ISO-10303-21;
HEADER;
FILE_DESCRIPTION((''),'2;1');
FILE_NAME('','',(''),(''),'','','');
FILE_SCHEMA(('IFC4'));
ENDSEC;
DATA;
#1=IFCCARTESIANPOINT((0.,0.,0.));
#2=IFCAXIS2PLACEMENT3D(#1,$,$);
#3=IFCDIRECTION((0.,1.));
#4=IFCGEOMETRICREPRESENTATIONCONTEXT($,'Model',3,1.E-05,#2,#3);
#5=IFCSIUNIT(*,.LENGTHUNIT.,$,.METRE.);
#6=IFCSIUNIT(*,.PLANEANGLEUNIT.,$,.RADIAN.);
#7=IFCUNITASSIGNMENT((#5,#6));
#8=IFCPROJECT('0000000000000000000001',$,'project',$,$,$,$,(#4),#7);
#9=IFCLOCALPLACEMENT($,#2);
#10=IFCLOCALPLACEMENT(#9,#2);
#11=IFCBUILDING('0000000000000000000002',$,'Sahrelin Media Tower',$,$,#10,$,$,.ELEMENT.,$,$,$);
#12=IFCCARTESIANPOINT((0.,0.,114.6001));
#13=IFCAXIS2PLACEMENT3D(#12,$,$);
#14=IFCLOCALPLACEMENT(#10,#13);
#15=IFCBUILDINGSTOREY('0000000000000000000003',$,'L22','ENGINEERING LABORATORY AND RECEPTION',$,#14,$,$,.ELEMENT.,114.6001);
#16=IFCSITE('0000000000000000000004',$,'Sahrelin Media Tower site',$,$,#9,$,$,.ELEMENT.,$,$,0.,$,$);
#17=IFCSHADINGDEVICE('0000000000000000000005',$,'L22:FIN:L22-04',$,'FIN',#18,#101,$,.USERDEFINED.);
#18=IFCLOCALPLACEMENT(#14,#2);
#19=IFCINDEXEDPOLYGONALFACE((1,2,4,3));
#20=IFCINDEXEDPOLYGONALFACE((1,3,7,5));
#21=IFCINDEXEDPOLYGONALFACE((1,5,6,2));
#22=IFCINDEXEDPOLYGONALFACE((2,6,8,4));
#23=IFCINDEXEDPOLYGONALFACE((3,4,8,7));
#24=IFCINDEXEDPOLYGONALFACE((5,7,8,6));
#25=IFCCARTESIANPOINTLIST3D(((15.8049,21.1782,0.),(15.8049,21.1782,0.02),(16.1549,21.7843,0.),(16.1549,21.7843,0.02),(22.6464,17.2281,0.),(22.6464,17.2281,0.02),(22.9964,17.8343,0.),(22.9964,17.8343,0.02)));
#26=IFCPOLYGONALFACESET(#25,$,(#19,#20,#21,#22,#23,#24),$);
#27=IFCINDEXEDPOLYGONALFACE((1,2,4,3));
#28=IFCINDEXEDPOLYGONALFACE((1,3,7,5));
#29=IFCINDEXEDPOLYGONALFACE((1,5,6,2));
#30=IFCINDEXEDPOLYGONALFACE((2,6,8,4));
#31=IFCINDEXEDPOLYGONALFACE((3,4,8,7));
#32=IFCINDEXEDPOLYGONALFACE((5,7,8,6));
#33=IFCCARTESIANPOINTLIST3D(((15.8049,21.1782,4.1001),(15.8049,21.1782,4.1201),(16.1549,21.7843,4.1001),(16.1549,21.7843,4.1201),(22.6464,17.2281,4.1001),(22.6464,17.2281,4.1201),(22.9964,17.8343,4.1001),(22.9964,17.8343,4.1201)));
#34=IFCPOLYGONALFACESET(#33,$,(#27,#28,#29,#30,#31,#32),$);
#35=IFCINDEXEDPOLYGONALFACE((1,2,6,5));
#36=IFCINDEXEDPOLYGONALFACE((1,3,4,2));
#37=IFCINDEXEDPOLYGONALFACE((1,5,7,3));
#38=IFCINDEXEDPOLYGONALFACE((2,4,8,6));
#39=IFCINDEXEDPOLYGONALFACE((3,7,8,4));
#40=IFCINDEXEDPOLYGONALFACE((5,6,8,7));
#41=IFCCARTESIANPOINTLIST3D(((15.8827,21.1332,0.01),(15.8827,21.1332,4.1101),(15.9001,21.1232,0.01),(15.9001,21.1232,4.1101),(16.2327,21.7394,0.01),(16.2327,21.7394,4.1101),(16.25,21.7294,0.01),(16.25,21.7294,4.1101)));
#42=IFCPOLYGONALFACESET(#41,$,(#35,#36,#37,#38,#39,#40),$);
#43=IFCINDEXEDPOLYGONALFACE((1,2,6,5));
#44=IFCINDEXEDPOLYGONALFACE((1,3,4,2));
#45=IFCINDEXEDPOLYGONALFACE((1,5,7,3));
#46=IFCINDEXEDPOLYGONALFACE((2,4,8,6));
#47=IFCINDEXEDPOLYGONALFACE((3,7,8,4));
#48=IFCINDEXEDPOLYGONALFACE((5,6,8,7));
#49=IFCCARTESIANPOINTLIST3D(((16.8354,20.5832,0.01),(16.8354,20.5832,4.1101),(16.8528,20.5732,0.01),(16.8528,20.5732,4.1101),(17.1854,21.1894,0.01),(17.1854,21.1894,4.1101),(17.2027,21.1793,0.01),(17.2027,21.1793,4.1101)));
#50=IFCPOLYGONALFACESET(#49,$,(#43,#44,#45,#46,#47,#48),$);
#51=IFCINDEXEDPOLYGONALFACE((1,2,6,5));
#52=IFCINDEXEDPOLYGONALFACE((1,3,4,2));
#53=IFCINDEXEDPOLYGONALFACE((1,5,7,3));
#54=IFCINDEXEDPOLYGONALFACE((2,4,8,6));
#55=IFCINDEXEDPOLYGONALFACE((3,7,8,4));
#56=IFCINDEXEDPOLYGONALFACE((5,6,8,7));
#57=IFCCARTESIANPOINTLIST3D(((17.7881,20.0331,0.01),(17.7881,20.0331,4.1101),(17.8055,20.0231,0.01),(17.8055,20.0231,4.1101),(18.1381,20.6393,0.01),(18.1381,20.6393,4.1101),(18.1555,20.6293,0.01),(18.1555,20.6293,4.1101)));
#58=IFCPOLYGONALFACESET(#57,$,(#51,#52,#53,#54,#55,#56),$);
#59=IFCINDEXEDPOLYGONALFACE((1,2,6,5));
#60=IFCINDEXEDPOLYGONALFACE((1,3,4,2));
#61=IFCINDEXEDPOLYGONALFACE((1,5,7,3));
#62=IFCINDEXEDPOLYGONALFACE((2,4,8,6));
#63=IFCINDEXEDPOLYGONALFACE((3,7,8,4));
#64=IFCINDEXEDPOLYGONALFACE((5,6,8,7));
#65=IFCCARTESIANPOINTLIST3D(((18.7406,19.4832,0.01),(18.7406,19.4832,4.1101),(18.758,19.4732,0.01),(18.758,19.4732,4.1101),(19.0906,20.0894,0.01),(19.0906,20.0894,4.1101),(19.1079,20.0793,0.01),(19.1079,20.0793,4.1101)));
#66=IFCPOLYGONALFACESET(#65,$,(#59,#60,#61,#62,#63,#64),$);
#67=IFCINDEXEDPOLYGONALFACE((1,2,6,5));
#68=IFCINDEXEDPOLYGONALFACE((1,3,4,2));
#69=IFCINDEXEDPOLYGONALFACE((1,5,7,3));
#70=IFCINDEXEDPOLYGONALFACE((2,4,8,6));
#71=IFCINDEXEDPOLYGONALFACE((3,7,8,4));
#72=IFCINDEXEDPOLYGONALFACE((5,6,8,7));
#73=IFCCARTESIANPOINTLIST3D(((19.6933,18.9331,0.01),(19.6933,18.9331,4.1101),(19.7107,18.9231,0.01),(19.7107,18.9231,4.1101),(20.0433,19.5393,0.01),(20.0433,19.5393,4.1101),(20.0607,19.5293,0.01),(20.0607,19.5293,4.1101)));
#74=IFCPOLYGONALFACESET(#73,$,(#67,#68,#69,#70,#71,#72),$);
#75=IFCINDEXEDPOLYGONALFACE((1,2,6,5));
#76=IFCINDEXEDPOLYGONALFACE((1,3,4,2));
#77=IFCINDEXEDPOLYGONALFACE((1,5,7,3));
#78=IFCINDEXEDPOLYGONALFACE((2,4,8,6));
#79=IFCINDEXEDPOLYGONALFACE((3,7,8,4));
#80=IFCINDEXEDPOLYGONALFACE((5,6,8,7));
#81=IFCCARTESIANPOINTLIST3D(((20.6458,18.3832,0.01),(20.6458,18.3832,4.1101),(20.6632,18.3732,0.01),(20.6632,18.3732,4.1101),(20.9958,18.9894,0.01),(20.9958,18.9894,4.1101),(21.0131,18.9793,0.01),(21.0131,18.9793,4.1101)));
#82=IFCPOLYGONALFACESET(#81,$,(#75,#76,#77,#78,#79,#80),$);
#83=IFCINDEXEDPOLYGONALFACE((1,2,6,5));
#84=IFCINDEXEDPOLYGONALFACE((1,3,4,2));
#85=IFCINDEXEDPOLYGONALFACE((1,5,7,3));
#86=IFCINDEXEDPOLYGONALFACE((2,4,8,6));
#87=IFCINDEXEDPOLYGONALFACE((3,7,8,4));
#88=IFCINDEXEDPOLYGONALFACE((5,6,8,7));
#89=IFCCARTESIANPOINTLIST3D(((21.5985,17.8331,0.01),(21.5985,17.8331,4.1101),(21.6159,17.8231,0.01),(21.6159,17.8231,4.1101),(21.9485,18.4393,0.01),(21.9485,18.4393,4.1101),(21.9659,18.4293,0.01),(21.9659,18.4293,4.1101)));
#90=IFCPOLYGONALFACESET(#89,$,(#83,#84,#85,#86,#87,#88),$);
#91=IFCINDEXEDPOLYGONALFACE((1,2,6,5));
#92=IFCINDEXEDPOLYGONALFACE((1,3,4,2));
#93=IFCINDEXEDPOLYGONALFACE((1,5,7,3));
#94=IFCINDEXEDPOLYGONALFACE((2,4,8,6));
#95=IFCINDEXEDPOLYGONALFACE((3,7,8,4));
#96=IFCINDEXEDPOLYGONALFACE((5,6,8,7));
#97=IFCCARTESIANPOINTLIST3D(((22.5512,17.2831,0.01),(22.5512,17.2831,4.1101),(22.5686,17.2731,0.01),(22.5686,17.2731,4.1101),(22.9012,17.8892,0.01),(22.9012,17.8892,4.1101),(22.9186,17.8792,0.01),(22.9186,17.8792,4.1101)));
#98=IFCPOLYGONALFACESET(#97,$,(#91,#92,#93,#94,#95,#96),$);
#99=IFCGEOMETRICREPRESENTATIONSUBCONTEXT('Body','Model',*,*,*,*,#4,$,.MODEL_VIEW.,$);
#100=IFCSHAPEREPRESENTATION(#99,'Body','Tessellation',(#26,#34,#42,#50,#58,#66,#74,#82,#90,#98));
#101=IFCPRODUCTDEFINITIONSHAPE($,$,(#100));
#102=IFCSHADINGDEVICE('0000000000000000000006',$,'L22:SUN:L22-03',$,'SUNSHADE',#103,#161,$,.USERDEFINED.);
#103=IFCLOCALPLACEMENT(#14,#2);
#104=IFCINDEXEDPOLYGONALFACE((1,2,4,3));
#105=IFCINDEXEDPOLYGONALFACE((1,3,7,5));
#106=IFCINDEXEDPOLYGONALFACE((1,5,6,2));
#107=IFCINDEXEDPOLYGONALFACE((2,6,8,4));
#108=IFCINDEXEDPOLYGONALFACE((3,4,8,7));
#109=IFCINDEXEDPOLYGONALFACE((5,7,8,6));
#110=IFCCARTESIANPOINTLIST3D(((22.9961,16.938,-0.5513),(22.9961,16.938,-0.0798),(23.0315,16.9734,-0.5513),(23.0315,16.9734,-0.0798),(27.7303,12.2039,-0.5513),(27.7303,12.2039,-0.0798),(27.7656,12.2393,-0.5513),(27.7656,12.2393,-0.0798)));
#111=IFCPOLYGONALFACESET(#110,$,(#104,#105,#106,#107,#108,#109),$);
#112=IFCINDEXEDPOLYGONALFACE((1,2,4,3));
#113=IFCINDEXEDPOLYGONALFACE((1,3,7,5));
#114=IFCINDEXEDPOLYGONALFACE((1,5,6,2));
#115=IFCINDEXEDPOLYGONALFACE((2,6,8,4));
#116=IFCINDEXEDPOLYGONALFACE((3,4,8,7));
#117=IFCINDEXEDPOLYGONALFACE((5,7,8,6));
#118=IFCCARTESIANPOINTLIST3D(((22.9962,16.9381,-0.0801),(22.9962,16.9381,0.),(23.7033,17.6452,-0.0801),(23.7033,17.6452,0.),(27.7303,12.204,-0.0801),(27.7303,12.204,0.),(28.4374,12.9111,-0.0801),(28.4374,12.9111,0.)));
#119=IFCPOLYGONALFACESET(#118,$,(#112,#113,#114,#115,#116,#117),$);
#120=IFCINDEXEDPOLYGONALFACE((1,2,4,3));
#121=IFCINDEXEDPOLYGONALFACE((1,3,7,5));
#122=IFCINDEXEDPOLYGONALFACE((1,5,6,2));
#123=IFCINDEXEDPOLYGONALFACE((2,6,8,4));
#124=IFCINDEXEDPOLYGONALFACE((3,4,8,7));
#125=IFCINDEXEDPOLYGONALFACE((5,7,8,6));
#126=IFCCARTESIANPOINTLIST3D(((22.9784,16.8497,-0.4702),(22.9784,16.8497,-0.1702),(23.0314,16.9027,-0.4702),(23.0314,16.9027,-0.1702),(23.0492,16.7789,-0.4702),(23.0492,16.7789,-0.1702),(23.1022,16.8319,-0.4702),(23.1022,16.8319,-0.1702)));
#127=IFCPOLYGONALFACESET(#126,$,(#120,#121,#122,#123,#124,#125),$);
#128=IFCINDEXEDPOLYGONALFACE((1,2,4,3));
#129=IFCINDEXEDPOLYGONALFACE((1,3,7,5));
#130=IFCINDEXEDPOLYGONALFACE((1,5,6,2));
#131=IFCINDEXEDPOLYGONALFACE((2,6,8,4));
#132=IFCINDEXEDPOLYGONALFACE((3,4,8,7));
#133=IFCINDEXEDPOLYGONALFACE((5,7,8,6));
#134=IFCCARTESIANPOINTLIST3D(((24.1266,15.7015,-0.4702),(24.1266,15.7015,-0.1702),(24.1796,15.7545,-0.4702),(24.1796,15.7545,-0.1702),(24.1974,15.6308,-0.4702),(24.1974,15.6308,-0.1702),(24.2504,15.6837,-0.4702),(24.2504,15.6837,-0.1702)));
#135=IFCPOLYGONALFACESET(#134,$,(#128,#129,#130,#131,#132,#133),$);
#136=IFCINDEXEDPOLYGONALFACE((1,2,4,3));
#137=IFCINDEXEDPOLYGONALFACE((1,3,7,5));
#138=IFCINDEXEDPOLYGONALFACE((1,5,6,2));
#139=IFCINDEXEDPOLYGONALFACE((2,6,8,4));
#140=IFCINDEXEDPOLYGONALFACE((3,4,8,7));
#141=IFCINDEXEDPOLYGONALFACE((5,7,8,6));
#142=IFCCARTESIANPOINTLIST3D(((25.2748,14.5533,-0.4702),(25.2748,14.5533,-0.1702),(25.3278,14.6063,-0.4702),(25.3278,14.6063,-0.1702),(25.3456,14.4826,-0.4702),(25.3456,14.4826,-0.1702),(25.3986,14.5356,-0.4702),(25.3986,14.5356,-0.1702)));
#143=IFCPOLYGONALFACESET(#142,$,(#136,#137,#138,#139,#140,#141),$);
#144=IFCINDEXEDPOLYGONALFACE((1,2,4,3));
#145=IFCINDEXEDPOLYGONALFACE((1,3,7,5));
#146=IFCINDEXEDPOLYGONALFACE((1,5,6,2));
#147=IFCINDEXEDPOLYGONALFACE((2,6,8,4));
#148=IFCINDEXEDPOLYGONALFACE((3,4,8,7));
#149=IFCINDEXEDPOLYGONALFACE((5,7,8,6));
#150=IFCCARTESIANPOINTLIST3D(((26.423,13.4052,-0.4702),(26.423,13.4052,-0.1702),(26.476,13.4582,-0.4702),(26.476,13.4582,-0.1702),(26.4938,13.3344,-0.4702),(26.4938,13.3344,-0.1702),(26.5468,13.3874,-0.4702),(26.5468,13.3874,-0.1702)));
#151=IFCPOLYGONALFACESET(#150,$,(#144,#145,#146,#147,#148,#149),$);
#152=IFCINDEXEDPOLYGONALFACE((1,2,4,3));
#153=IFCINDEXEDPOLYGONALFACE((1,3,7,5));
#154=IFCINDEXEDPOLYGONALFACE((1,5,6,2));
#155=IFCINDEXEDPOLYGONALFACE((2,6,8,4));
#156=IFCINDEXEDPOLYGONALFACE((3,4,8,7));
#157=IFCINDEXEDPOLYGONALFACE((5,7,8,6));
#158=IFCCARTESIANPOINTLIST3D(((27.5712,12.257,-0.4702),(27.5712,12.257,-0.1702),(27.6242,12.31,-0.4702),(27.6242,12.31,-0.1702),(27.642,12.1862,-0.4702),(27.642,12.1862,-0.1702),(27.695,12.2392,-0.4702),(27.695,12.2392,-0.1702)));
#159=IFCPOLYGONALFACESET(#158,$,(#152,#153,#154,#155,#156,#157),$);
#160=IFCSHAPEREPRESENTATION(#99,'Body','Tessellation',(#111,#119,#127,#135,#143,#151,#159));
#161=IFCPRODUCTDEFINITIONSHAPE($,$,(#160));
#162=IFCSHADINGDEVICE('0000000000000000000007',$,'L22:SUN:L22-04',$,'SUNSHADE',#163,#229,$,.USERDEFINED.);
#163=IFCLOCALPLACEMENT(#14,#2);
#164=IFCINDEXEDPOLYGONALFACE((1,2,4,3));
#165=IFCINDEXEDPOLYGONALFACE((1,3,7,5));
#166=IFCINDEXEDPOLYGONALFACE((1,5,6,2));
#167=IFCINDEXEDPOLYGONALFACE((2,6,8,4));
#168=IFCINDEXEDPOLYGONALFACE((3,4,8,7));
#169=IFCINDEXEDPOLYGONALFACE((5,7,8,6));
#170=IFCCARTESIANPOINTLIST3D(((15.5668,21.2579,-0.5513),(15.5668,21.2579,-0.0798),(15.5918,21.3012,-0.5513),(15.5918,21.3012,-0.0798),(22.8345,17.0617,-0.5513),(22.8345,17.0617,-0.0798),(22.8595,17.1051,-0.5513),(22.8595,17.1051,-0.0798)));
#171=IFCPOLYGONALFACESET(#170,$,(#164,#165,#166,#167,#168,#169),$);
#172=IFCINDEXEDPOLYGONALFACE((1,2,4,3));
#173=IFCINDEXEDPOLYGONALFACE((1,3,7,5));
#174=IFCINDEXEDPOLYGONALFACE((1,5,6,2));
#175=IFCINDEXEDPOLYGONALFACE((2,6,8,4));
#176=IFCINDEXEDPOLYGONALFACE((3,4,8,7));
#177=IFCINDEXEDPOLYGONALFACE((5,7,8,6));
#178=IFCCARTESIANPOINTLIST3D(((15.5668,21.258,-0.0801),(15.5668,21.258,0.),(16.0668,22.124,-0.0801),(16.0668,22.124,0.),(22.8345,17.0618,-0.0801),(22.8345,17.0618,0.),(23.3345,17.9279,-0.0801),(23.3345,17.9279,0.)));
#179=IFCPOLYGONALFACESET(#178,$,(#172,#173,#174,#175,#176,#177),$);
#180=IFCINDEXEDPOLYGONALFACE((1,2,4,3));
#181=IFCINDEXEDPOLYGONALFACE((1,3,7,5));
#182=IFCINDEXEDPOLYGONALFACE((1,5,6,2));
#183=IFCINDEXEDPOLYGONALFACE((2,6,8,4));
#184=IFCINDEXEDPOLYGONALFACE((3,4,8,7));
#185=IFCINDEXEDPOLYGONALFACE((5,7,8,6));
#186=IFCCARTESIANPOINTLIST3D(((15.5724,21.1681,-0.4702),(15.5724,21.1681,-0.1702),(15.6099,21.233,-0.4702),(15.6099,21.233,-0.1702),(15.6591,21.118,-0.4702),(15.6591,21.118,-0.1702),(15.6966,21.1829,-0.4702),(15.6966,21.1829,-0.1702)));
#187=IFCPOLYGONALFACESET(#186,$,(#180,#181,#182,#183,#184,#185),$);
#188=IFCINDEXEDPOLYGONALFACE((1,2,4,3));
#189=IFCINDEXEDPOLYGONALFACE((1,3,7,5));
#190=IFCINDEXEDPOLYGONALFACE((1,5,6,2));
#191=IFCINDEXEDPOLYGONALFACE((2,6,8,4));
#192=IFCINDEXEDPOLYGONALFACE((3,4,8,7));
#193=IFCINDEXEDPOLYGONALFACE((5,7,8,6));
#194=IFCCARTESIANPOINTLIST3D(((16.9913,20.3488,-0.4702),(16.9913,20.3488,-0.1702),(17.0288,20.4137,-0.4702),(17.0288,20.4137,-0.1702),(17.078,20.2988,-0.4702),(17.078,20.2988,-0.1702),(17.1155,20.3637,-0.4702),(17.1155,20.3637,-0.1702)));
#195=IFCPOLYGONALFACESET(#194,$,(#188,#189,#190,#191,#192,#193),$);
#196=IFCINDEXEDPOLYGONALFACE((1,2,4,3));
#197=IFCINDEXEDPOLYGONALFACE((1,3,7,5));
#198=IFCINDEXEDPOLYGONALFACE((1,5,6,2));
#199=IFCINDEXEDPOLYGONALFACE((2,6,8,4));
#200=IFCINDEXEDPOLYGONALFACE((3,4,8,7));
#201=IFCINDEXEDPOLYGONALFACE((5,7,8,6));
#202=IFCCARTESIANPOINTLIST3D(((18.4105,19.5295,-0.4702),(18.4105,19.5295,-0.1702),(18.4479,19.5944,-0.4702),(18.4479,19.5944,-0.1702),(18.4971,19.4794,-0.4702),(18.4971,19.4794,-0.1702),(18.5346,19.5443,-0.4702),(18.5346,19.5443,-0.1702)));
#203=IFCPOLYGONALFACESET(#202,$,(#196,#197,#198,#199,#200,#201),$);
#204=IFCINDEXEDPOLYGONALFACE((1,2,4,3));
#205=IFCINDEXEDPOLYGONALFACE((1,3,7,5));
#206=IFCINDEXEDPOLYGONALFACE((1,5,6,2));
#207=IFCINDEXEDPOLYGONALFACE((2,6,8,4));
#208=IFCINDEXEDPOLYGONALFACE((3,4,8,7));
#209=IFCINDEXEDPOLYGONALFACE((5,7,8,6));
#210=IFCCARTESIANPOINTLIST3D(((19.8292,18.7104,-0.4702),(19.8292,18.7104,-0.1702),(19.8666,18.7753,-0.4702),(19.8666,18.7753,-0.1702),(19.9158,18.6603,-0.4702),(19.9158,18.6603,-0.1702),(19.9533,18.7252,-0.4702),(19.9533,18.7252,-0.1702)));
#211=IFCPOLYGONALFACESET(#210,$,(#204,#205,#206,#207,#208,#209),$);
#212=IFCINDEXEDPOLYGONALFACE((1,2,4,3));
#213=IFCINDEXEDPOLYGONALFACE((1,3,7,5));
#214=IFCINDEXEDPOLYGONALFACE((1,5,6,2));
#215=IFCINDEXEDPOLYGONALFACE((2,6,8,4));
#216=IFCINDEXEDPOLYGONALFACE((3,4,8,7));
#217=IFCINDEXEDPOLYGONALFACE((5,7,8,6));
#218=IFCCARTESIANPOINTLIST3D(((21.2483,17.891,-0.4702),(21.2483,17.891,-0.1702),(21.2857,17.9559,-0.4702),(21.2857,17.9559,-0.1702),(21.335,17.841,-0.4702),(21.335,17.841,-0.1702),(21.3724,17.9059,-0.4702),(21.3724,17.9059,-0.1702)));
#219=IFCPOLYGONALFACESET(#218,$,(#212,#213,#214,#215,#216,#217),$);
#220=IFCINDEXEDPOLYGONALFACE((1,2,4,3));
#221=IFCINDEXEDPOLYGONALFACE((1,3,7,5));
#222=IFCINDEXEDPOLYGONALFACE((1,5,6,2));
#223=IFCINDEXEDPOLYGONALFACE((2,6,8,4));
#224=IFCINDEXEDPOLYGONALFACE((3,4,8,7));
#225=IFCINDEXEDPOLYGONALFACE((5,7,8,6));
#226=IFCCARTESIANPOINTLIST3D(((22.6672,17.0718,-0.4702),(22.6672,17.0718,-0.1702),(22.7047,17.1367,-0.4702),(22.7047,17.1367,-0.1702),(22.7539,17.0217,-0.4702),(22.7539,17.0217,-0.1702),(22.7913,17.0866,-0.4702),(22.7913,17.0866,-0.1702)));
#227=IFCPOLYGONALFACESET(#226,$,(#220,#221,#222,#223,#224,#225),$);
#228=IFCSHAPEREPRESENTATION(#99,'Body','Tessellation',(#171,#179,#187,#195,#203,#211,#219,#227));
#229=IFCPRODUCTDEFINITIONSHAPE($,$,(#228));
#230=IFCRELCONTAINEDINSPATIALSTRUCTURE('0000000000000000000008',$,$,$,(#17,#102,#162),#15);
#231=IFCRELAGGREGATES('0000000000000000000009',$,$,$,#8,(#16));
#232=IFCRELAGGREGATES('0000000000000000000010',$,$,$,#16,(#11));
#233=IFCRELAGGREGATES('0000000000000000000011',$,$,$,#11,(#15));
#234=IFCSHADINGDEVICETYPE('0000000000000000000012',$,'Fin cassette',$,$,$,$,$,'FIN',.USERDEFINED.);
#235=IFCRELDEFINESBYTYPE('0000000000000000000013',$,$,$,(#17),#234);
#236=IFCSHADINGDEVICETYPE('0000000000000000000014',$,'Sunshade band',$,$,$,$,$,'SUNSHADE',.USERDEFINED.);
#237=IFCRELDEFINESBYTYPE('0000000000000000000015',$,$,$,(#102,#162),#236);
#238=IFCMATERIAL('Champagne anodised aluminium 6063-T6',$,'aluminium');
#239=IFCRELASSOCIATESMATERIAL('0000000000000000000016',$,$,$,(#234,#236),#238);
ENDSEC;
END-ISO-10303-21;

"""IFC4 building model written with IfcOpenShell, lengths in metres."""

from ifc_helpers import new_model, si_unit, direction, frame, origin, origin_2d, place, context, subcontext, project, spatial, rectangle, extrude, material, type_object, element, save


model = new_model("IFC4")

# Units and contexts
model_context = context("Model", 3, precision=1e-05, world=origin(), true_north=direction((0.0, 1.0)))
body_context = subcontext(model_context, "Body", "Model", "MODEL_VIEW")
ifc_project = project(units=[si_unit("LENGTHUNIT", "METRE"), si_unit("PLANEANGLEUNIT", "RADIAN")], contexts=[model_context])

# Site, building, storey
site_placement = place(None, origin())
site = spatial("IfcSite", under=ifc_project, at=site_placement, Name="Sahrelin Media Tower site", CompositionType="ELEMENT", RefElevation=0.0)
building_placement = place(site_placement, origin())
building = spatial("IfcBuilding", under=site, at=building_placement, Name="Sahrelin Media Tower", CompositionType="ELEMENT")
storey_placement = place(building_placement, frame((0.0, 0.0, 114.6001)))
storey = spatial("IfcBuildingStorey", under=building, at=storey_placement, Name="L22", Description="ENGINEERING LABORATORY AND RECEPTION", CompositionType="ELEMENT", Elevation=114.6001)

# Shared definitions
ifc_material_1 = material(Name="Champagne anodised aluminium 6063-T6", Category="aluminium")

# Shading devices
shading_device_type_1 = type_object("IfcShadingDeviceType", Name="Fin cassette", ElementType="FIN", PredefinedType="USERDEFINED", material=ifc_material_1)
placement_1 = place(storey_placement, frame((25.3491, 14.5569, 0.0), z_axis=(0.0, 0.0, 1.0), x_axis=(0.707107, -0.707107, 0.0)))
placement_2 = place(storey_placement, frame((19.1907, 19.1426, 0.0), z_axis=(0.0, 0.0, 1.0), x_axis=(0.866019, -0.500011, 0.0)))
element("IfcShadingDevice", 1, at=placement_2, inside=storey, type_object=shading_device_type_1, Name="L22:FIN:L22-04", ObjectType="FIN", PredefinedType="USERDEFINED", context=body_context, shape_type="SweptSolid", body=[
    extrude(rectangle(XDim=7.8999, YDim=0.7, at=origin_2d()), frame((0.0, 0.4199, 0.0)), (0.0, 0.0, 1.0), 0.02),
    extrude(rectangle(XDim=7.8999, YDim=0.7, at=origin_2d()), frame((0.0, 0.4199, 4.1001)), (0.0, 0.0, 1.0), 0.02),
    extrude(rectangle(XDim=0.02, YDim=0.7, at=origin_2d()), frame((-3.8501, 0.4199, 0.01), z_axis=(0.0, 0.0, 1.0), x_axis=(1.0, 0.0, 0.0)), (0.0, 0.0, 1.0), 4.1001),
    extrude(rectangle(XDim=0.02, YDim=0.7, at=origin_2d()), frame((-2.75, 0.4199, 0.01), z_axis=(0.0, 0.0, 1.0), x_axis=(1.0, 0.0, 0.0)), (0.0, 0.0, 1.0), 4.1001),
    extrude(rectangle(XDim=0.02, YDim=0.7, at=origin_2d()), frame((-1.6499, 0.4199, 0.01), z_axis=(0.0, 0.0, 1.0), x_axis=(1.0, 0.0, 0.0)), (0.0, 0.0, 1.0), 4.1001),
    extrude(rectangle(XDim=0.02, YDim=0.7, at=origin_2d()), frame((-0.55, 0.4199, 0.01), z_axis=(0.0, 0.0, 1.0), x_axis=(1.0, 0.0, 0.0)), (0.0, 0.0, 1.0), 4.1001),
    extrude(rectangle(XDim=0.02, YDim=0.7, at=origin_2d()), frame((0.55, 0.4199, 0.01), z_axis=(0.0, 0.0, 1.0), x_axis=(1.0, 0.0, 0.0)), (0.0, 0.0, 1.0), 4.1001),
    extrude(rectangle(XDim=0.02, YDim=0.7, at=origin_2d()), frame((1.6499, 0.4199, 0.01), z_axis=(0.0, 0.0, 1.0), x_axis=(1.0, 0.0, 0.0)), (0.0, 0.0, 1.0), 4.1001),
    extrude(rectangle(XDim=0.02, YDim=0.7, at=origin_2d()), frame((2.75, 0.4199, 0.01), z_axis=(0.0, 0.0, 1.0), x_axis=(1.0, 0.0, 0.0)), (0.0, 0.0, 1.0), 4.1001),
    extrude(rectangle(XDim=0.02, YDim=0.7, at=origin_2d()), frame((3.8501, 0.4199, 0.01), z_axis=(0.0, 0.0, 1.0), x_axis=(1.0, 0.0, 0.0)), (0.0, 0.0, 1.0), 4.1001),
])
shading_device_type_2 = type_object("IfcShadingDeviceType", Name="Sunshade band", ElementType="SUNSHADE", PredefinedType="USERDEFINED", material=ifc_material_1)
element("IfcShadingDevice", 2, at=placement_1, inside=storey, type_object=shading_device_type_2, Name="L22:SUN:L22-03", ObjectType="SUNSHADE", PredefinedType="USERDEFINED", context=body_context, shape_type="SweptSolid", body=[
    extrude(rectangle(XDim=6.6951, YDim=0.05, at=origin_2d()), frame((0.0, 0.0449, -0.5513)), (0.0, 0.0, 1.0), 0.4714),
    extrude(rectangle(XDim=6.6951, YDim=1.0, at=origin_2d()), frame((0.0, 0.52, -0.0801)), (0.0, 0.0, 1.0), 0.0801),
    extrude(rectangle(XDim=0.1001, YDim=0.075, at=origin_2d()), frame((-3.2476, -0.0176, -0.4702)), (0.0, 0.0, 1.0), 0.3),
    extrude(rectangle(XDim=0.1001, YDim=0.075, at=origin_2d()), frame((-1.6238, -0.0176, -0.4702)), (0.0, 0.0, 1.0), 0.3),
    extrude(rectangle(XDim=0.1001, YDim=0.075, at=origin_2d()), frame((0.0, -0.0176, -0.4702)), (0.0, 0.0, 1.0), 0.3),
    extrude(rectangle(XDim=0.1001, YDim=0.075, at=origin_2d()), frame((1.6238, -0.0176, -0.4702)), (0.0, 0.0, 1.0), 0.3),
    extrude(rectangle(XDim=0.1001, YDim=0.075, at=origin_2d()), frame((3.2476, -0.0176, -0.4702)), (0.0, 0.0, 1.0), 0.3),
])
element("IfcShadingDevice", 3, at=placement_2, inside=storey, type_object=shading_device_type_2, Name="L22:SUN:L22-04", ObjectType="SUNSHADE", PredefinedType="USERDEFINED", context=body_context, shape_type="SweptSolid", body=[
    extrude(rectangle(XDim=8.3921, YDim=0.05, at=origin_2d()), frame((0.0, 0.0449, -0.5513)), (0.0, 0.0, 1.0), 0.4714),
    extrude(rectangle(XDim=8.3921, YDim=1.0, at=origin_2d()), frame((0.0, 0.52, -0.0801)), (0.0, 0.0, 1.0), 0.0801),
    extrude(rectangle(XDim=0.1001, YDim=0.075, at=origin_2d()), frame((-4.0962, -0.0176, -0.4702)), (0.0, 0.0, 1.0), 0.3),
    extrude(rectangle(XDim=0.1001, YDim=0.075, at=origin_2d()), frame((-2.4578, -0.0176, -0.4702)), (0.0, 0.0, 1.0), 0.3),
    extrude(rectangle(XDim=0.1001, YDim=0.075, at=origin_2d()), frame((-0.8191, -0.0176, -0.4702)), (0.0, 0.0, 1.0), 0.3),
    extrude(rectangle(XDim=0.1001, YDim=0.075, at=origin_2d()), frame((0.8191, -0.0176, -0.4702)), (0.0, 0.0, 1.0), 0.3),
    extrude(rectangle(XDim=0.1001, YDim=0.075, at=origin_2d()), frame((2.4578, -0.0176, -0.4702)), (0.0, 0.0, 1.0), 0.3),
    extrude(rectangle(XDim=0.1001, YDim=0.075, at=origin_2d()), frame((4.0962, -0.0176, -0.4702)), (0.0, 0.0, 1.0), 0.3),
])

save(model, "model.ifc")
